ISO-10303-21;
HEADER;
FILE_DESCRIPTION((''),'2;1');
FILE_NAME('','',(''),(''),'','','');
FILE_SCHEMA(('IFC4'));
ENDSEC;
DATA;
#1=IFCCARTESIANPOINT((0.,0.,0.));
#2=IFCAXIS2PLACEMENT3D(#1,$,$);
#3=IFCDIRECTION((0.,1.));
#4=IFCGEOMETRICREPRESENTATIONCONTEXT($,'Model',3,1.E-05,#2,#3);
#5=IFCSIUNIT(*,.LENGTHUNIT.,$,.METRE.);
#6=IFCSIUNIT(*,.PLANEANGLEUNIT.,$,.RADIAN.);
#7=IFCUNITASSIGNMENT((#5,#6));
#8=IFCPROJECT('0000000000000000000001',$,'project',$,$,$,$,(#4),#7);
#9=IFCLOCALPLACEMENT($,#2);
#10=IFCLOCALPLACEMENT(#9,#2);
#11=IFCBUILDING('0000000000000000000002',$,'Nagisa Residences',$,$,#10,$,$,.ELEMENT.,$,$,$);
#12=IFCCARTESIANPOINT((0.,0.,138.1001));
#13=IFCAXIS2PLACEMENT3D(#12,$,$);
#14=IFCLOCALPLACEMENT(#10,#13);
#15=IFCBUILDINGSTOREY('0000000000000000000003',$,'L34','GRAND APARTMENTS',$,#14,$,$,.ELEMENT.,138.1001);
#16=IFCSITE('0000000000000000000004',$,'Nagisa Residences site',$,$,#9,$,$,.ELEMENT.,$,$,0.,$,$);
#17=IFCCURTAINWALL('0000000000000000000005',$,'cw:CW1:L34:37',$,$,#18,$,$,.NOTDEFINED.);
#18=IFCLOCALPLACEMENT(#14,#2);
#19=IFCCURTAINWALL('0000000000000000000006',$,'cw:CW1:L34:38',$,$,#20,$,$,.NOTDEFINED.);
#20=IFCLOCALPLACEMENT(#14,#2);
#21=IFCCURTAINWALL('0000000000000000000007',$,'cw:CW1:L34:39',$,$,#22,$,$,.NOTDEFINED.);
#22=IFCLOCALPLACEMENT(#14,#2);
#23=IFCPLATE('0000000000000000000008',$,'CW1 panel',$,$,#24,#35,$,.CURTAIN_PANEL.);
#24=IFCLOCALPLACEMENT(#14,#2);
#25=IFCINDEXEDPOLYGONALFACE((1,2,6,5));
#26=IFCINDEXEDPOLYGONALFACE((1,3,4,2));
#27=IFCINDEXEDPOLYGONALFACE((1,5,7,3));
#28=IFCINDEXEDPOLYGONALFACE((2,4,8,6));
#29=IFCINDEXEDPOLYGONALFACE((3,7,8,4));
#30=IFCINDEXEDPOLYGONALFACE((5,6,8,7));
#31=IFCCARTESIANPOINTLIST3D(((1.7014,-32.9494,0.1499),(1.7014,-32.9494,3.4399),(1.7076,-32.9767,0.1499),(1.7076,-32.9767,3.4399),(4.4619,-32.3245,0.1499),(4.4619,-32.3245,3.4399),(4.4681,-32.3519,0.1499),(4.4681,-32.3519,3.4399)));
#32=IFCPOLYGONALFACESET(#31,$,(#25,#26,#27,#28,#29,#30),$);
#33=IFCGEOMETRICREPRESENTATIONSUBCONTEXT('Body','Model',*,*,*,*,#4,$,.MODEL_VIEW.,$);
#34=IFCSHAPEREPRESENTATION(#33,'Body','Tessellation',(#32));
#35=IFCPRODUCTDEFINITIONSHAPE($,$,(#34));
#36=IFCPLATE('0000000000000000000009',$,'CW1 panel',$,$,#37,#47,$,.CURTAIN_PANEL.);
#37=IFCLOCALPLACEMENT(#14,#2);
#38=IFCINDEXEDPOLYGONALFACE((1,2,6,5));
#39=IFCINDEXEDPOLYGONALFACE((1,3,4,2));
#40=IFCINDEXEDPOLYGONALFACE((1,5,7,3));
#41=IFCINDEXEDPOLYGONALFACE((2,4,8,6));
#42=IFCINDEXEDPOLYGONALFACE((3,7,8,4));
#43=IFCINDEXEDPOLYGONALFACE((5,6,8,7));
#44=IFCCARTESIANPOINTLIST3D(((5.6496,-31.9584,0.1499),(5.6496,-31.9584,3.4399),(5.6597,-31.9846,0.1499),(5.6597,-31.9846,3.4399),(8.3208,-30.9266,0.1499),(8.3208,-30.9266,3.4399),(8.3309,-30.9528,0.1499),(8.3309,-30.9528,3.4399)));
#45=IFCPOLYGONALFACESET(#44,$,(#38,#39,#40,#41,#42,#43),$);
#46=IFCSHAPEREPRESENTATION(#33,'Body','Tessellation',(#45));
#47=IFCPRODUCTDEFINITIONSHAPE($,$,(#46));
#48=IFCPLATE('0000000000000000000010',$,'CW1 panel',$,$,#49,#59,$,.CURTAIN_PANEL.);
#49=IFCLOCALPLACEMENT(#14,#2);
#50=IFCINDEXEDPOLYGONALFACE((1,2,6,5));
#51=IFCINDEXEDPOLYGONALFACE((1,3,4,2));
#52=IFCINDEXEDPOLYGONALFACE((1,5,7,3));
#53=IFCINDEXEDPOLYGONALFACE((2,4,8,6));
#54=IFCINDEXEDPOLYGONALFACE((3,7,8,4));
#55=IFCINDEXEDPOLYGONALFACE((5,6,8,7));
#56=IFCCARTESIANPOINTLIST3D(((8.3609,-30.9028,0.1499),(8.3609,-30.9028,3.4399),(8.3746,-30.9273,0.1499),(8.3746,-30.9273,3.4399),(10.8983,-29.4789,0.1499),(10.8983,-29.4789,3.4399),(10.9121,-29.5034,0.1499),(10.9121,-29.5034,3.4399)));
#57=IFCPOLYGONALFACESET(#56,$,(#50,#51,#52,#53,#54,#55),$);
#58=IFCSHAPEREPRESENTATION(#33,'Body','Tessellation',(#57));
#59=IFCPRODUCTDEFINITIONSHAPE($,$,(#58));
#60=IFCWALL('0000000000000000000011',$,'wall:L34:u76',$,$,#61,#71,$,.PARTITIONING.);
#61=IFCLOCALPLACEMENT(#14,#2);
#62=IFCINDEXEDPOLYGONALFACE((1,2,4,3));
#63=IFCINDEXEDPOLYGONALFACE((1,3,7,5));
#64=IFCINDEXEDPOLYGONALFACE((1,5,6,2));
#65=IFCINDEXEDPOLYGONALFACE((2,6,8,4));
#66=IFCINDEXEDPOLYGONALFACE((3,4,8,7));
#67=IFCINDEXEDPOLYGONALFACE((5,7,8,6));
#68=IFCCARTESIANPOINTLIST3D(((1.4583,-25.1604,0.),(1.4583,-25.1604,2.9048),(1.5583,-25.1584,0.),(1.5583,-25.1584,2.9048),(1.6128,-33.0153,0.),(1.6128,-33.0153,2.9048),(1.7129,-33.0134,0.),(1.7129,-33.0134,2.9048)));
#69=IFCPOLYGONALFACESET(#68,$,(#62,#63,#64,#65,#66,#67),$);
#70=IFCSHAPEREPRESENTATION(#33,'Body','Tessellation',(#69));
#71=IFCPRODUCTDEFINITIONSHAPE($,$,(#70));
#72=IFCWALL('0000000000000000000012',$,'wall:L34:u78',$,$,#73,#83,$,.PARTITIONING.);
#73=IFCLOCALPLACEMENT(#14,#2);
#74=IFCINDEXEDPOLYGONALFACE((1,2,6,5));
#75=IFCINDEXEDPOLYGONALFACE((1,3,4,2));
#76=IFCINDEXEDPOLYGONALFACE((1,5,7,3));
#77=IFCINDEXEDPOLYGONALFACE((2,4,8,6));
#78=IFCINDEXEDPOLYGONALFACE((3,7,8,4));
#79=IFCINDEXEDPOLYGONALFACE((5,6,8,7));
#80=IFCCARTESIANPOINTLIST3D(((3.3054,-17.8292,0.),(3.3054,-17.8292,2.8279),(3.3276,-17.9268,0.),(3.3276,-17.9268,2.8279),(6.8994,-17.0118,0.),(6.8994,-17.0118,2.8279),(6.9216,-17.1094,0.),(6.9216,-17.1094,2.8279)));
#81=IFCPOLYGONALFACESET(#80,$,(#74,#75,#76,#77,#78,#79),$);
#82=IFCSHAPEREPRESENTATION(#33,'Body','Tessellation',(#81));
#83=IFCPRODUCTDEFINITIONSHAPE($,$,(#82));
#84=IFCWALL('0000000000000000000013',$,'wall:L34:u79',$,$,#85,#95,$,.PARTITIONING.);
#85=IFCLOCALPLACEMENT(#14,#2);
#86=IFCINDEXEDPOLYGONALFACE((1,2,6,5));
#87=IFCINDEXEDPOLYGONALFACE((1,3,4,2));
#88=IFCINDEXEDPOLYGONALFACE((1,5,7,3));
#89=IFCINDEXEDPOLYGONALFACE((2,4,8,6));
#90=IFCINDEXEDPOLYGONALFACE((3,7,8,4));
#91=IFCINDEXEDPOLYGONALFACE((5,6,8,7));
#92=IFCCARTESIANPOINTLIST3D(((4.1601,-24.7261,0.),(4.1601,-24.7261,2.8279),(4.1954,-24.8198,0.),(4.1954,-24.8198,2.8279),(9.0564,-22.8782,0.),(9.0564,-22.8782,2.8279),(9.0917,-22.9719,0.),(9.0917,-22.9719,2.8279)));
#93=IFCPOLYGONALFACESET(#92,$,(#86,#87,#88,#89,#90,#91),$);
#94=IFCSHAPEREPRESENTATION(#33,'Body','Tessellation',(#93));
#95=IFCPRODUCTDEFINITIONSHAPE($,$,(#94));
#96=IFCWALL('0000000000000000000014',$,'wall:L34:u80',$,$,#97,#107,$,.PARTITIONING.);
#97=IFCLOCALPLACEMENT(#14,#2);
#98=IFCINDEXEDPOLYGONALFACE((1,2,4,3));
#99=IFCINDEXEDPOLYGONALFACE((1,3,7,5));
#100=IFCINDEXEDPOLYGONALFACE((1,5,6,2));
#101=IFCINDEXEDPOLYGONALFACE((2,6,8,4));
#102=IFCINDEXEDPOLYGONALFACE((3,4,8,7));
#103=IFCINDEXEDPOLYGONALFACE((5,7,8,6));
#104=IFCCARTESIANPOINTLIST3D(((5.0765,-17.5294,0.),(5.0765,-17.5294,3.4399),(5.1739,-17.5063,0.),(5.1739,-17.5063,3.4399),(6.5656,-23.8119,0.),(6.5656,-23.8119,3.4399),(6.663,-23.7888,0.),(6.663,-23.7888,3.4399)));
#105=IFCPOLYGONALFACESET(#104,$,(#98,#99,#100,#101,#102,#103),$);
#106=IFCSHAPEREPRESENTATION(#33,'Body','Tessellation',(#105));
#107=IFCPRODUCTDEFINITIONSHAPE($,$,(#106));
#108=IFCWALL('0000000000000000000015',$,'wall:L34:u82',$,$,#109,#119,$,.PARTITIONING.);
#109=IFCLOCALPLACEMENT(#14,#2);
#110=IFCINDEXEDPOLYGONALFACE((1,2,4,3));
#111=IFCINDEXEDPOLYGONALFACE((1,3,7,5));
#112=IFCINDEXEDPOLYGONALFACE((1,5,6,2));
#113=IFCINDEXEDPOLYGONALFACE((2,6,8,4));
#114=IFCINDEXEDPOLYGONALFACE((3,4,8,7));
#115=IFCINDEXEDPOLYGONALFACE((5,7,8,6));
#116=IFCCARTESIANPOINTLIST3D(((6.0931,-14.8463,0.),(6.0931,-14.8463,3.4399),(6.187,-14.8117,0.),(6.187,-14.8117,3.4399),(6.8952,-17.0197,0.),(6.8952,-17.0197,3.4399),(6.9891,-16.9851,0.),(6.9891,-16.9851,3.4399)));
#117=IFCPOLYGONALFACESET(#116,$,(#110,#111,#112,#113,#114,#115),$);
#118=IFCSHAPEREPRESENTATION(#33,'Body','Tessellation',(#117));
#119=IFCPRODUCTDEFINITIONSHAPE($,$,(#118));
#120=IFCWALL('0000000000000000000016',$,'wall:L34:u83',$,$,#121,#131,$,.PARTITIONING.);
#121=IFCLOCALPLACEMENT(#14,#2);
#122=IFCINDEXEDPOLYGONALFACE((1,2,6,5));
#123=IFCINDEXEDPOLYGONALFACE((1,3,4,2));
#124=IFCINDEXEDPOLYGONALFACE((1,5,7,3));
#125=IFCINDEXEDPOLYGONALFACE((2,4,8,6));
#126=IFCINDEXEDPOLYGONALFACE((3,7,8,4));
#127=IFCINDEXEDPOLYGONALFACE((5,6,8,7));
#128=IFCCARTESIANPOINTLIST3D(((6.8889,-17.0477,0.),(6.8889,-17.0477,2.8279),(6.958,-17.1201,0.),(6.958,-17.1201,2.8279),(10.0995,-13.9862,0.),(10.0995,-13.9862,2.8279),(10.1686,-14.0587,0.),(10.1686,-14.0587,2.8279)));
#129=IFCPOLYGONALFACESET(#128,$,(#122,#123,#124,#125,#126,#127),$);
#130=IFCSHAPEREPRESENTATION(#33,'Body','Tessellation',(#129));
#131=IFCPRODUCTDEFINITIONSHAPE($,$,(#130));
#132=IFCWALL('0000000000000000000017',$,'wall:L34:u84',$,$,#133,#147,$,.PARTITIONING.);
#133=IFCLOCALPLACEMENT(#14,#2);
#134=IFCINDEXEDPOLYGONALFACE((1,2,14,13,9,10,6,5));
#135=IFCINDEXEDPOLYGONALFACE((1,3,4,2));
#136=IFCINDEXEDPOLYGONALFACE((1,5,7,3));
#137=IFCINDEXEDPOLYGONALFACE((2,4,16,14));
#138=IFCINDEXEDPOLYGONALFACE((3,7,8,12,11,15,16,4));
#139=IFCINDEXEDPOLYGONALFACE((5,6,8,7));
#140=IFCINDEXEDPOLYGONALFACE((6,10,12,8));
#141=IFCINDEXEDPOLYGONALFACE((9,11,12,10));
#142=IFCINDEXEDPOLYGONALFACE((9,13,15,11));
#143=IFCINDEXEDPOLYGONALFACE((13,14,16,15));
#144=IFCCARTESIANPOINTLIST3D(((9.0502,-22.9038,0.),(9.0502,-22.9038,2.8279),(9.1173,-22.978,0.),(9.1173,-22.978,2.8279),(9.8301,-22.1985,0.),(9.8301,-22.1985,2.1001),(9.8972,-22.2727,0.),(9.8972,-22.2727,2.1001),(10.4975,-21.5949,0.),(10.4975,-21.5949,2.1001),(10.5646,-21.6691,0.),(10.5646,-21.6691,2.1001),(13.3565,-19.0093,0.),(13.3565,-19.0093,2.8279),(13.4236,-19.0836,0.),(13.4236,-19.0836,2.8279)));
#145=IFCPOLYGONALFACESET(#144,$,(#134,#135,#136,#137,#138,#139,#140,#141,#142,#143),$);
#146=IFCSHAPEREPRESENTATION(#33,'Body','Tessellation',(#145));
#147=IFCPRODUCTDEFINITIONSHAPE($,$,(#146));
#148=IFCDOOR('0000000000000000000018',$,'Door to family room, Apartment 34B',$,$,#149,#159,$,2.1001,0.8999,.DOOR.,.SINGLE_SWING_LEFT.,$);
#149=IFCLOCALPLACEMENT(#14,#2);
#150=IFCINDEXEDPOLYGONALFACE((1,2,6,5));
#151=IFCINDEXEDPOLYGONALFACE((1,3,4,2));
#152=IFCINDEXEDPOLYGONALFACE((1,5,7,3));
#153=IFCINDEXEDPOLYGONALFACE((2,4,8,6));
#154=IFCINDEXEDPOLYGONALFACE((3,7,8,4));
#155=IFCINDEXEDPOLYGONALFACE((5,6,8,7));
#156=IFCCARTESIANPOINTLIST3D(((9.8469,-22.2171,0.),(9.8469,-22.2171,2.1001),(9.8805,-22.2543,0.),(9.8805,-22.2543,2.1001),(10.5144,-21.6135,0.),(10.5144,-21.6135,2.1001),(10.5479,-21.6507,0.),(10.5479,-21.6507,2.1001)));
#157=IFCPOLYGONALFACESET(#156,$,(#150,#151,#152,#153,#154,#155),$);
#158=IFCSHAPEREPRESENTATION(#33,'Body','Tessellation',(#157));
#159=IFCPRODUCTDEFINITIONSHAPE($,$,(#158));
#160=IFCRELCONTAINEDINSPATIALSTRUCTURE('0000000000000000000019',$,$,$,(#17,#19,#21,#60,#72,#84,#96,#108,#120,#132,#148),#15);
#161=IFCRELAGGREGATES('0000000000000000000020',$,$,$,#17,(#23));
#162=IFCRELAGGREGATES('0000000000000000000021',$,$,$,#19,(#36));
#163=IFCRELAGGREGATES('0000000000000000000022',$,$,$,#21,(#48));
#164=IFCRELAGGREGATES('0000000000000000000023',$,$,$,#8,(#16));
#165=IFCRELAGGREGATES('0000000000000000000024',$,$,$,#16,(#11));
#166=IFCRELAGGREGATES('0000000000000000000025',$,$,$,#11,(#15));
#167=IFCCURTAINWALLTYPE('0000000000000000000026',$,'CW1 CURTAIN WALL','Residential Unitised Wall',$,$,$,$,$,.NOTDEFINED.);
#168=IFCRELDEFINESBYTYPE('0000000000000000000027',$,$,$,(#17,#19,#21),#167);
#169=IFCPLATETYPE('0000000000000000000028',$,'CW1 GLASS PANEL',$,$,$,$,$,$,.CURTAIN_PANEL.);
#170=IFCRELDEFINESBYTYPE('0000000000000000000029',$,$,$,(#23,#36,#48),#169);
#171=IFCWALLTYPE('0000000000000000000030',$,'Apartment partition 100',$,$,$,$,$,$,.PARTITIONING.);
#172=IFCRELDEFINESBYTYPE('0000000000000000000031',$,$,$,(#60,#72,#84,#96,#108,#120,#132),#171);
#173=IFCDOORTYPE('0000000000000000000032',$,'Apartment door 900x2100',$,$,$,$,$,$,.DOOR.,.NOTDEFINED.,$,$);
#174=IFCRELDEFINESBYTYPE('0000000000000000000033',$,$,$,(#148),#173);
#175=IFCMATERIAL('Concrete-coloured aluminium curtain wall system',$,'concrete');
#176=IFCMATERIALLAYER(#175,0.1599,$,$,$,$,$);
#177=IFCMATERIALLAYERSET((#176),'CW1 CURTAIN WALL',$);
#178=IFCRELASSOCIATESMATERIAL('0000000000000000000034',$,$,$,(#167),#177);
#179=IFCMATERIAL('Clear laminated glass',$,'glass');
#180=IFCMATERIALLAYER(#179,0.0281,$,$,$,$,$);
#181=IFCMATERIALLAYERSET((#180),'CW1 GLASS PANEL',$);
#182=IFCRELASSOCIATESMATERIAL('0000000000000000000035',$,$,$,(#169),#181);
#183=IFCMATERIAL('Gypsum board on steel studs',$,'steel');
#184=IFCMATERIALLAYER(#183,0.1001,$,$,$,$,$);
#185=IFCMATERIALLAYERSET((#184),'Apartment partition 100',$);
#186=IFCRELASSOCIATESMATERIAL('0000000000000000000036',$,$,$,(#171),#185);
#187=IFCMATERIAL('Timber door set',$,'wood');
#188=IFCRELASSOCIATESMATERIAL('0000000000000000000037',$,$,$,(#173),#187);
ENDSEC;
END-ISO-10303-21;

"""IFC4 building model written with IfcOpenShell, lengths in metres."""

from ifc_helpers import new_model, si_unit, direction, frame, frame_2d, origin, origin_2d, place, context, subcontext, project, spatial, rectangle, extrude, material, layer, layer_set, type_object, element, fill, aggregate, save


model = new_model("IFC4")

# Units and contexts
model_context = context("Model", 3, precision=1e-05, world=origin(), true_north=direction((0.0, 1.0)))
body_context = subcontext(model_context, "Body", "Model", "MODEL_VIEW")
ifc_project = project(units=[si_unit("LENGTHUNIT", "METRE"), si_unit("PLANEANGLEUNIT", "RADIAN")], contexts=[model_context])

# Site, building, storey
site_placement = place(None, origin())
site = spatial("IfcSite", under=ifc_project, at=site_placement, Name="Nagisa Residences site", CompositionType="ELEMENT", RefElevation=0.0)
building_placement = place(site_placement, origin())
building = spatial("IfcBuilding", under=site, at=building_placement, Name="Nagisa Residences", CompositionType="ELEMENT")
storey_placement = place(building_placement, frame((0.0, 0.0, 138.1001)))
storey = spatial("IfcBuildingStorey", under=building, at=storey_placement, Name="L34", Description="GRAND APARTMENTS", CompositionType="ELEMENT", Elevation=138.1001)

# Curtain walls
ifc_material_1 = material(Name="Concrete-coloured aluminium curtain wall system", Category="concrete")
ifc_layer_1 = layer(ifc_material_1, 0.1599)
ifc_layer_set_1 = layer_set([ifc_layer_1], Name="CW1 CURTAIN WALL")
curtain_wall_type = type_object("IfcCurtainWallType", Name="CW1 CURTAIN WALL", Description="Residential Unitised Wall", PredefinedType="NOTDEFINED", material=ifc_layer_set_1)
curtain_wall_1_placement = place(storey_placement, origin())
curtain_wall_1 = element("IfcCurtainWall", 1, at=curtain_wall_1_placement, inside=storey, type_object=curtain_wall_type, Name="cw:CW1:L34:37", PredefinedType="NOTDEFINED")
curtain_wall_2_placement = place(storey_placement, origin())
curtain_wall_2 = element("IfcCurtainWall", 2, at=curtain_wall_2_placement, inside=storey, type_object=curtain_wall_type, Name="cw:CW1:L34:38", PredefinedType="NOTDEFINED")
curtain_wall_3_placement = place(storey_placement, origin())
curtain_wall_3 = element("IfcCurtainWall", 3, at=curtain_wall_3_placement, inside=storey, type_object=curtain_wall_type, Name="cw:CW1:L34:39", PredefinedType="NOTDEFINED")

# Plates
ifc_material_2 = material(Name="Clear laminated glass", Category="glass")
ifc_layer_2 = layer(ifc_material_2, 0.0281)
ifc_layer_set_2 = layer_set([ifc_layer_2], Name="CW1 GLASS PANEL")
plate_type = type_object("IfcPlateType", Name="CW1 GLASS PANEL", PredefinedType="CURTAIN_PANEL", material=ifc_layer_set_2)
plate_1_placement = place(storey_placement, frame((3.0847, -32.6506, 0.1499), z_axis=(0.0, 0.0, 1.0), x_axis=(0.975327, 0.220764, 0.0)))
plate_1 = element("IfcPlate", 4, at=plate_1_placement, type_object=plate_type, Name="CW1 panel", PredefinedType="CURTAIN_PANEL", context=body_context, shape_type="SweptSolid", body=[
    extrude(rectangle(XDim=2.8303, YDim=0.0281, at=origin_2d()), origin(), (0.0, 0.0, 1.0), 3.29),
])
aggregate(curtain_wall_1, [plate_1])
plate_2_placement = place(storey_placement, frame((6.9902, -31.4556, 0.1499), z_axis=(0.0, 0.0, 1.0), x_axis=(0.932826, 0.360328, 0.0)))
plate_2 = element("IfcPlate", 5, at=plate_2_placement, type_object=plate_type, Name="CW1 panel", PredefinedType="CURTAIN_PANEL", context=body_context, shape_type="SweptSolid", body=[
    extrude(rectangle(XDim=2.8635, YDim=0.0281, at=origin_2d()), origin(), (0.0, 0.0, 1.0), 3.29),
])
aggregate(curtain_wall_2, [plate_2])
plate_3_placement = place(storey_placement, frame((9.6365, -30.2031, 0.1499), z_axis=(0.0, 0.0, 1.0), x_axis=(0.872072, 0.489377, 0.0)))
plate_3 = element("IfcPlate", 6, at=plate_3_placement, type_object=plate_type, Name="CW1 panel", PredefinedType="CURTAIN_PANEL", context=body_context, shape_type="SweptSolid", body=[
    extrude(rectangle(XDim=2.9097, YDim=0.0281, at=origin_2d()), origin(), (0.0, 0.0, 1.0), 3.29),
])
aggregate(curtain_wall_3, [plate_3])

# Walls
ifc_material_3 = material(Name="Gypsum board on steel studs", Category="steel")
ifc_layer_3 = layer(ifc_material_3, 0.1001)
ifc_layer_set_3 = layer_set([ifc_layer_3], Name="Apartment partition 100")
wall_type_1 = type_object("IfcWallType", Name="Apartment partition 100", PredefinedType="PARTITIONING", material=ifc_layer_set_3)
wall_1_placement = place(storey_placement, frame((1.5083, -25.1594, 0.0), z_axis=(0.0, 0.0, 1.0), x_axis=(0.01967, -0.999807, 0.0)))
element("IfcWall", 7, at=wall_1_placement, inside=storey, type_object=wall_type_1, Name="wall:L34:u76", PredefinedType="PARTITIONING", context=body_context, shape_type="SweptSolid", body=[
    extrude(rectangle(XDim=7.8564, YDim=0.1001, at=frame_2d((3.9282, 0.0))), origin(), (0.0, 0.0, 1.0), 2.9048),
])
wall_2_placement = place(storey_placement, frame((3.3167, -17.8779, 0.0), z_axis=(0.0, 0.0, 1.0), x_axis=(0.9751, 0.221767, 0.0)))
element("IfcWall", 8, at=wall_2_placement, inside=storey, type_object=wall_type_1, Name="wall:L34:u78", PredefinedType="PARTITIONING", context=body_context, shape_type="SweptSolid", body=[
    extrude(rectangle(XDim=3.6858, YDim=0.1001, at=frame_2d((1.8428, 0.0))), origin(), (0.0, 0.0, 1.0), 2.8279),
])
wall_3_placement = place(storey_placement, frame((4.1777, -24.7729, 0.0), z_axis=(0.0, 0.0, 1.0), x_axis=(0.935585, 0.353101, 0.0)))
element("IfcWall", 9, at=wall_3_placement, inside=storey, type_object=wall_type_1, Name="wall:L34:u79", PredefinedType="PARTITIONING", context=body_context, shape_type="SweptSolid", body=[
    extrude(rectangle(XDim=5.2334, YDim=0.1001, at=frame_2d((2.6167, 0.0))), origin(), (0.0, 0.0, 1.0), 2.8279),
])
wall_4_placement = place(storey_placement, frame((5.1252, -17.5178, 0.0), z_axis=(0.0, 0.0, 1.0), x_axis=(0.230622, -0.973043, 0.0)))
element("IfcWall", 10, at=wall_4_placement, inside=storey, type_object=wall_type_1, Name="wall:L34:u80", PredefinedType="PARTITIONING", context=body_context, shape_type="SweptSolid", body=[
    extrude(rectangle(XDim=6.4565, YDim=0.1001, at=frame_2d((3.2283, 0.0))), origin(), (0.0, 0.0, 1.0), 3.4399),
])
wall_5_placement = place(storey_placement, frame((6.1401, -14.8291, 0.0), z_axis=(0.0, 0.0, 1.0), x_axis=(0.346199, -0.938161, 0.0)))
element("IfcWall", 11, at=wall_5_placement, inside=storey, type_object=wall_type_1, Name="wall:L34:u82", PredefinedType="PARTITIONING", context=body_context, shape_type="SweptSolid", body=[
    extrude(rectangle(XDim=2.3167, YDim=0.1001, at=frame_2d((1.1582, 0.0))), origin(), (0.0, 0.0, 1.0), 3.4399),
])
wall_6_placement = place(storey_placement, frame((6.9233, -17.084, 0.0), z_axis=(0.0, 0.0, 1.0), x_axis=(0.723719, 0.690095, 0.0)))
element("IfcWall", 12, at=wall_6_placement, inside=storey, type_object=wall_type_1, Name="wall:L34:u83", PredefinedType="PARTITIONING", context=body_context, shape_type="SweptSolid", body=[
    extrude(rectangle(XDim=4.4363, YDim=0.1001, at=frame_2d((2.2183, 0.0))), origin(), (0.0, 0.0, 1.0), 2.8279),
])

# Wall, opening, door
wall_7_placement = place(storey_placement, frame((9.0837, -22.9409, 0.0), z_axis=(0.0, 0.0, 1.0), x_axis=(0.741684, 0.670749, 0.0)))
wall_7 = element("IfcWall", 13, at=wall_7_placement, inside=storey, type_object=wall_type_1, Name="wall:L34:u84", PredefinedType="PARTITIONING", context=body_context, shape_type="SweptSolid", body=[
    extrude(rectangle(XDim=5.8062, YDim=0.1001, at=frame_2d((2.9031, 0.0))), origin(), (0.0, 0.0, 1.0), 2.8279),
])
opening_1_placement = place(wall_7_placement, frame((1.0515, 0.0, 0.0)))
opening_1 = element("IfcOpeningElement", 14, at=opening_1_placement, cuts=wall_7, PredefinedType="OPENING", context=body_context, shape_type="SweptSolid", body=[
    extrude(rectangle(XDim=0.8999, YDim=2.1001, at=frame_2d((0.45, 1.05))), frame((0.0, 0.0601, 0.0), z_axis=(0.0, -1.0, 0.0), x_axis=(1.0, 0.0, 0.0)), (0.0, 0.0, 1.0), 0.1201),
])
ifc_material_4 = material(Name="Timber door set", Category="wood")
door_type_1 = type_object("IfcDoorType", Name="Apartment door 900x2100", OperationType="NOTDEFINED", PredefinedType="DOOR", material=ifc_material_4)
door_1_placement = place(opening_1_placement, origin())
door_1 = element("IfcDoor", 15, at=door_1_placement, inside=storey, type_object=door_type_1, Name="Door to family room, Apartment 34B", OperationType="SINGLE_SWING_LEFT", OverallHeight=2.1001, OverallWidth=0.8999, PredefinedType="DOOR", context=body_context, shape_type="SweptSolid", body=[
    extrude(rectangle(XDim=0.8999, YDim=2.1001, at=frame_2d((0.45, 1.05))), frame((0.0, 0.0249, 0.0), z_axis=(0.0, -1.0, 0.0), x_axis=(1.0, 0.0, 0.0)), (0.0, 0.0, 1.0), 0.05),
])
fill(opening_1, door_1)

save(model, "model.ifc")
